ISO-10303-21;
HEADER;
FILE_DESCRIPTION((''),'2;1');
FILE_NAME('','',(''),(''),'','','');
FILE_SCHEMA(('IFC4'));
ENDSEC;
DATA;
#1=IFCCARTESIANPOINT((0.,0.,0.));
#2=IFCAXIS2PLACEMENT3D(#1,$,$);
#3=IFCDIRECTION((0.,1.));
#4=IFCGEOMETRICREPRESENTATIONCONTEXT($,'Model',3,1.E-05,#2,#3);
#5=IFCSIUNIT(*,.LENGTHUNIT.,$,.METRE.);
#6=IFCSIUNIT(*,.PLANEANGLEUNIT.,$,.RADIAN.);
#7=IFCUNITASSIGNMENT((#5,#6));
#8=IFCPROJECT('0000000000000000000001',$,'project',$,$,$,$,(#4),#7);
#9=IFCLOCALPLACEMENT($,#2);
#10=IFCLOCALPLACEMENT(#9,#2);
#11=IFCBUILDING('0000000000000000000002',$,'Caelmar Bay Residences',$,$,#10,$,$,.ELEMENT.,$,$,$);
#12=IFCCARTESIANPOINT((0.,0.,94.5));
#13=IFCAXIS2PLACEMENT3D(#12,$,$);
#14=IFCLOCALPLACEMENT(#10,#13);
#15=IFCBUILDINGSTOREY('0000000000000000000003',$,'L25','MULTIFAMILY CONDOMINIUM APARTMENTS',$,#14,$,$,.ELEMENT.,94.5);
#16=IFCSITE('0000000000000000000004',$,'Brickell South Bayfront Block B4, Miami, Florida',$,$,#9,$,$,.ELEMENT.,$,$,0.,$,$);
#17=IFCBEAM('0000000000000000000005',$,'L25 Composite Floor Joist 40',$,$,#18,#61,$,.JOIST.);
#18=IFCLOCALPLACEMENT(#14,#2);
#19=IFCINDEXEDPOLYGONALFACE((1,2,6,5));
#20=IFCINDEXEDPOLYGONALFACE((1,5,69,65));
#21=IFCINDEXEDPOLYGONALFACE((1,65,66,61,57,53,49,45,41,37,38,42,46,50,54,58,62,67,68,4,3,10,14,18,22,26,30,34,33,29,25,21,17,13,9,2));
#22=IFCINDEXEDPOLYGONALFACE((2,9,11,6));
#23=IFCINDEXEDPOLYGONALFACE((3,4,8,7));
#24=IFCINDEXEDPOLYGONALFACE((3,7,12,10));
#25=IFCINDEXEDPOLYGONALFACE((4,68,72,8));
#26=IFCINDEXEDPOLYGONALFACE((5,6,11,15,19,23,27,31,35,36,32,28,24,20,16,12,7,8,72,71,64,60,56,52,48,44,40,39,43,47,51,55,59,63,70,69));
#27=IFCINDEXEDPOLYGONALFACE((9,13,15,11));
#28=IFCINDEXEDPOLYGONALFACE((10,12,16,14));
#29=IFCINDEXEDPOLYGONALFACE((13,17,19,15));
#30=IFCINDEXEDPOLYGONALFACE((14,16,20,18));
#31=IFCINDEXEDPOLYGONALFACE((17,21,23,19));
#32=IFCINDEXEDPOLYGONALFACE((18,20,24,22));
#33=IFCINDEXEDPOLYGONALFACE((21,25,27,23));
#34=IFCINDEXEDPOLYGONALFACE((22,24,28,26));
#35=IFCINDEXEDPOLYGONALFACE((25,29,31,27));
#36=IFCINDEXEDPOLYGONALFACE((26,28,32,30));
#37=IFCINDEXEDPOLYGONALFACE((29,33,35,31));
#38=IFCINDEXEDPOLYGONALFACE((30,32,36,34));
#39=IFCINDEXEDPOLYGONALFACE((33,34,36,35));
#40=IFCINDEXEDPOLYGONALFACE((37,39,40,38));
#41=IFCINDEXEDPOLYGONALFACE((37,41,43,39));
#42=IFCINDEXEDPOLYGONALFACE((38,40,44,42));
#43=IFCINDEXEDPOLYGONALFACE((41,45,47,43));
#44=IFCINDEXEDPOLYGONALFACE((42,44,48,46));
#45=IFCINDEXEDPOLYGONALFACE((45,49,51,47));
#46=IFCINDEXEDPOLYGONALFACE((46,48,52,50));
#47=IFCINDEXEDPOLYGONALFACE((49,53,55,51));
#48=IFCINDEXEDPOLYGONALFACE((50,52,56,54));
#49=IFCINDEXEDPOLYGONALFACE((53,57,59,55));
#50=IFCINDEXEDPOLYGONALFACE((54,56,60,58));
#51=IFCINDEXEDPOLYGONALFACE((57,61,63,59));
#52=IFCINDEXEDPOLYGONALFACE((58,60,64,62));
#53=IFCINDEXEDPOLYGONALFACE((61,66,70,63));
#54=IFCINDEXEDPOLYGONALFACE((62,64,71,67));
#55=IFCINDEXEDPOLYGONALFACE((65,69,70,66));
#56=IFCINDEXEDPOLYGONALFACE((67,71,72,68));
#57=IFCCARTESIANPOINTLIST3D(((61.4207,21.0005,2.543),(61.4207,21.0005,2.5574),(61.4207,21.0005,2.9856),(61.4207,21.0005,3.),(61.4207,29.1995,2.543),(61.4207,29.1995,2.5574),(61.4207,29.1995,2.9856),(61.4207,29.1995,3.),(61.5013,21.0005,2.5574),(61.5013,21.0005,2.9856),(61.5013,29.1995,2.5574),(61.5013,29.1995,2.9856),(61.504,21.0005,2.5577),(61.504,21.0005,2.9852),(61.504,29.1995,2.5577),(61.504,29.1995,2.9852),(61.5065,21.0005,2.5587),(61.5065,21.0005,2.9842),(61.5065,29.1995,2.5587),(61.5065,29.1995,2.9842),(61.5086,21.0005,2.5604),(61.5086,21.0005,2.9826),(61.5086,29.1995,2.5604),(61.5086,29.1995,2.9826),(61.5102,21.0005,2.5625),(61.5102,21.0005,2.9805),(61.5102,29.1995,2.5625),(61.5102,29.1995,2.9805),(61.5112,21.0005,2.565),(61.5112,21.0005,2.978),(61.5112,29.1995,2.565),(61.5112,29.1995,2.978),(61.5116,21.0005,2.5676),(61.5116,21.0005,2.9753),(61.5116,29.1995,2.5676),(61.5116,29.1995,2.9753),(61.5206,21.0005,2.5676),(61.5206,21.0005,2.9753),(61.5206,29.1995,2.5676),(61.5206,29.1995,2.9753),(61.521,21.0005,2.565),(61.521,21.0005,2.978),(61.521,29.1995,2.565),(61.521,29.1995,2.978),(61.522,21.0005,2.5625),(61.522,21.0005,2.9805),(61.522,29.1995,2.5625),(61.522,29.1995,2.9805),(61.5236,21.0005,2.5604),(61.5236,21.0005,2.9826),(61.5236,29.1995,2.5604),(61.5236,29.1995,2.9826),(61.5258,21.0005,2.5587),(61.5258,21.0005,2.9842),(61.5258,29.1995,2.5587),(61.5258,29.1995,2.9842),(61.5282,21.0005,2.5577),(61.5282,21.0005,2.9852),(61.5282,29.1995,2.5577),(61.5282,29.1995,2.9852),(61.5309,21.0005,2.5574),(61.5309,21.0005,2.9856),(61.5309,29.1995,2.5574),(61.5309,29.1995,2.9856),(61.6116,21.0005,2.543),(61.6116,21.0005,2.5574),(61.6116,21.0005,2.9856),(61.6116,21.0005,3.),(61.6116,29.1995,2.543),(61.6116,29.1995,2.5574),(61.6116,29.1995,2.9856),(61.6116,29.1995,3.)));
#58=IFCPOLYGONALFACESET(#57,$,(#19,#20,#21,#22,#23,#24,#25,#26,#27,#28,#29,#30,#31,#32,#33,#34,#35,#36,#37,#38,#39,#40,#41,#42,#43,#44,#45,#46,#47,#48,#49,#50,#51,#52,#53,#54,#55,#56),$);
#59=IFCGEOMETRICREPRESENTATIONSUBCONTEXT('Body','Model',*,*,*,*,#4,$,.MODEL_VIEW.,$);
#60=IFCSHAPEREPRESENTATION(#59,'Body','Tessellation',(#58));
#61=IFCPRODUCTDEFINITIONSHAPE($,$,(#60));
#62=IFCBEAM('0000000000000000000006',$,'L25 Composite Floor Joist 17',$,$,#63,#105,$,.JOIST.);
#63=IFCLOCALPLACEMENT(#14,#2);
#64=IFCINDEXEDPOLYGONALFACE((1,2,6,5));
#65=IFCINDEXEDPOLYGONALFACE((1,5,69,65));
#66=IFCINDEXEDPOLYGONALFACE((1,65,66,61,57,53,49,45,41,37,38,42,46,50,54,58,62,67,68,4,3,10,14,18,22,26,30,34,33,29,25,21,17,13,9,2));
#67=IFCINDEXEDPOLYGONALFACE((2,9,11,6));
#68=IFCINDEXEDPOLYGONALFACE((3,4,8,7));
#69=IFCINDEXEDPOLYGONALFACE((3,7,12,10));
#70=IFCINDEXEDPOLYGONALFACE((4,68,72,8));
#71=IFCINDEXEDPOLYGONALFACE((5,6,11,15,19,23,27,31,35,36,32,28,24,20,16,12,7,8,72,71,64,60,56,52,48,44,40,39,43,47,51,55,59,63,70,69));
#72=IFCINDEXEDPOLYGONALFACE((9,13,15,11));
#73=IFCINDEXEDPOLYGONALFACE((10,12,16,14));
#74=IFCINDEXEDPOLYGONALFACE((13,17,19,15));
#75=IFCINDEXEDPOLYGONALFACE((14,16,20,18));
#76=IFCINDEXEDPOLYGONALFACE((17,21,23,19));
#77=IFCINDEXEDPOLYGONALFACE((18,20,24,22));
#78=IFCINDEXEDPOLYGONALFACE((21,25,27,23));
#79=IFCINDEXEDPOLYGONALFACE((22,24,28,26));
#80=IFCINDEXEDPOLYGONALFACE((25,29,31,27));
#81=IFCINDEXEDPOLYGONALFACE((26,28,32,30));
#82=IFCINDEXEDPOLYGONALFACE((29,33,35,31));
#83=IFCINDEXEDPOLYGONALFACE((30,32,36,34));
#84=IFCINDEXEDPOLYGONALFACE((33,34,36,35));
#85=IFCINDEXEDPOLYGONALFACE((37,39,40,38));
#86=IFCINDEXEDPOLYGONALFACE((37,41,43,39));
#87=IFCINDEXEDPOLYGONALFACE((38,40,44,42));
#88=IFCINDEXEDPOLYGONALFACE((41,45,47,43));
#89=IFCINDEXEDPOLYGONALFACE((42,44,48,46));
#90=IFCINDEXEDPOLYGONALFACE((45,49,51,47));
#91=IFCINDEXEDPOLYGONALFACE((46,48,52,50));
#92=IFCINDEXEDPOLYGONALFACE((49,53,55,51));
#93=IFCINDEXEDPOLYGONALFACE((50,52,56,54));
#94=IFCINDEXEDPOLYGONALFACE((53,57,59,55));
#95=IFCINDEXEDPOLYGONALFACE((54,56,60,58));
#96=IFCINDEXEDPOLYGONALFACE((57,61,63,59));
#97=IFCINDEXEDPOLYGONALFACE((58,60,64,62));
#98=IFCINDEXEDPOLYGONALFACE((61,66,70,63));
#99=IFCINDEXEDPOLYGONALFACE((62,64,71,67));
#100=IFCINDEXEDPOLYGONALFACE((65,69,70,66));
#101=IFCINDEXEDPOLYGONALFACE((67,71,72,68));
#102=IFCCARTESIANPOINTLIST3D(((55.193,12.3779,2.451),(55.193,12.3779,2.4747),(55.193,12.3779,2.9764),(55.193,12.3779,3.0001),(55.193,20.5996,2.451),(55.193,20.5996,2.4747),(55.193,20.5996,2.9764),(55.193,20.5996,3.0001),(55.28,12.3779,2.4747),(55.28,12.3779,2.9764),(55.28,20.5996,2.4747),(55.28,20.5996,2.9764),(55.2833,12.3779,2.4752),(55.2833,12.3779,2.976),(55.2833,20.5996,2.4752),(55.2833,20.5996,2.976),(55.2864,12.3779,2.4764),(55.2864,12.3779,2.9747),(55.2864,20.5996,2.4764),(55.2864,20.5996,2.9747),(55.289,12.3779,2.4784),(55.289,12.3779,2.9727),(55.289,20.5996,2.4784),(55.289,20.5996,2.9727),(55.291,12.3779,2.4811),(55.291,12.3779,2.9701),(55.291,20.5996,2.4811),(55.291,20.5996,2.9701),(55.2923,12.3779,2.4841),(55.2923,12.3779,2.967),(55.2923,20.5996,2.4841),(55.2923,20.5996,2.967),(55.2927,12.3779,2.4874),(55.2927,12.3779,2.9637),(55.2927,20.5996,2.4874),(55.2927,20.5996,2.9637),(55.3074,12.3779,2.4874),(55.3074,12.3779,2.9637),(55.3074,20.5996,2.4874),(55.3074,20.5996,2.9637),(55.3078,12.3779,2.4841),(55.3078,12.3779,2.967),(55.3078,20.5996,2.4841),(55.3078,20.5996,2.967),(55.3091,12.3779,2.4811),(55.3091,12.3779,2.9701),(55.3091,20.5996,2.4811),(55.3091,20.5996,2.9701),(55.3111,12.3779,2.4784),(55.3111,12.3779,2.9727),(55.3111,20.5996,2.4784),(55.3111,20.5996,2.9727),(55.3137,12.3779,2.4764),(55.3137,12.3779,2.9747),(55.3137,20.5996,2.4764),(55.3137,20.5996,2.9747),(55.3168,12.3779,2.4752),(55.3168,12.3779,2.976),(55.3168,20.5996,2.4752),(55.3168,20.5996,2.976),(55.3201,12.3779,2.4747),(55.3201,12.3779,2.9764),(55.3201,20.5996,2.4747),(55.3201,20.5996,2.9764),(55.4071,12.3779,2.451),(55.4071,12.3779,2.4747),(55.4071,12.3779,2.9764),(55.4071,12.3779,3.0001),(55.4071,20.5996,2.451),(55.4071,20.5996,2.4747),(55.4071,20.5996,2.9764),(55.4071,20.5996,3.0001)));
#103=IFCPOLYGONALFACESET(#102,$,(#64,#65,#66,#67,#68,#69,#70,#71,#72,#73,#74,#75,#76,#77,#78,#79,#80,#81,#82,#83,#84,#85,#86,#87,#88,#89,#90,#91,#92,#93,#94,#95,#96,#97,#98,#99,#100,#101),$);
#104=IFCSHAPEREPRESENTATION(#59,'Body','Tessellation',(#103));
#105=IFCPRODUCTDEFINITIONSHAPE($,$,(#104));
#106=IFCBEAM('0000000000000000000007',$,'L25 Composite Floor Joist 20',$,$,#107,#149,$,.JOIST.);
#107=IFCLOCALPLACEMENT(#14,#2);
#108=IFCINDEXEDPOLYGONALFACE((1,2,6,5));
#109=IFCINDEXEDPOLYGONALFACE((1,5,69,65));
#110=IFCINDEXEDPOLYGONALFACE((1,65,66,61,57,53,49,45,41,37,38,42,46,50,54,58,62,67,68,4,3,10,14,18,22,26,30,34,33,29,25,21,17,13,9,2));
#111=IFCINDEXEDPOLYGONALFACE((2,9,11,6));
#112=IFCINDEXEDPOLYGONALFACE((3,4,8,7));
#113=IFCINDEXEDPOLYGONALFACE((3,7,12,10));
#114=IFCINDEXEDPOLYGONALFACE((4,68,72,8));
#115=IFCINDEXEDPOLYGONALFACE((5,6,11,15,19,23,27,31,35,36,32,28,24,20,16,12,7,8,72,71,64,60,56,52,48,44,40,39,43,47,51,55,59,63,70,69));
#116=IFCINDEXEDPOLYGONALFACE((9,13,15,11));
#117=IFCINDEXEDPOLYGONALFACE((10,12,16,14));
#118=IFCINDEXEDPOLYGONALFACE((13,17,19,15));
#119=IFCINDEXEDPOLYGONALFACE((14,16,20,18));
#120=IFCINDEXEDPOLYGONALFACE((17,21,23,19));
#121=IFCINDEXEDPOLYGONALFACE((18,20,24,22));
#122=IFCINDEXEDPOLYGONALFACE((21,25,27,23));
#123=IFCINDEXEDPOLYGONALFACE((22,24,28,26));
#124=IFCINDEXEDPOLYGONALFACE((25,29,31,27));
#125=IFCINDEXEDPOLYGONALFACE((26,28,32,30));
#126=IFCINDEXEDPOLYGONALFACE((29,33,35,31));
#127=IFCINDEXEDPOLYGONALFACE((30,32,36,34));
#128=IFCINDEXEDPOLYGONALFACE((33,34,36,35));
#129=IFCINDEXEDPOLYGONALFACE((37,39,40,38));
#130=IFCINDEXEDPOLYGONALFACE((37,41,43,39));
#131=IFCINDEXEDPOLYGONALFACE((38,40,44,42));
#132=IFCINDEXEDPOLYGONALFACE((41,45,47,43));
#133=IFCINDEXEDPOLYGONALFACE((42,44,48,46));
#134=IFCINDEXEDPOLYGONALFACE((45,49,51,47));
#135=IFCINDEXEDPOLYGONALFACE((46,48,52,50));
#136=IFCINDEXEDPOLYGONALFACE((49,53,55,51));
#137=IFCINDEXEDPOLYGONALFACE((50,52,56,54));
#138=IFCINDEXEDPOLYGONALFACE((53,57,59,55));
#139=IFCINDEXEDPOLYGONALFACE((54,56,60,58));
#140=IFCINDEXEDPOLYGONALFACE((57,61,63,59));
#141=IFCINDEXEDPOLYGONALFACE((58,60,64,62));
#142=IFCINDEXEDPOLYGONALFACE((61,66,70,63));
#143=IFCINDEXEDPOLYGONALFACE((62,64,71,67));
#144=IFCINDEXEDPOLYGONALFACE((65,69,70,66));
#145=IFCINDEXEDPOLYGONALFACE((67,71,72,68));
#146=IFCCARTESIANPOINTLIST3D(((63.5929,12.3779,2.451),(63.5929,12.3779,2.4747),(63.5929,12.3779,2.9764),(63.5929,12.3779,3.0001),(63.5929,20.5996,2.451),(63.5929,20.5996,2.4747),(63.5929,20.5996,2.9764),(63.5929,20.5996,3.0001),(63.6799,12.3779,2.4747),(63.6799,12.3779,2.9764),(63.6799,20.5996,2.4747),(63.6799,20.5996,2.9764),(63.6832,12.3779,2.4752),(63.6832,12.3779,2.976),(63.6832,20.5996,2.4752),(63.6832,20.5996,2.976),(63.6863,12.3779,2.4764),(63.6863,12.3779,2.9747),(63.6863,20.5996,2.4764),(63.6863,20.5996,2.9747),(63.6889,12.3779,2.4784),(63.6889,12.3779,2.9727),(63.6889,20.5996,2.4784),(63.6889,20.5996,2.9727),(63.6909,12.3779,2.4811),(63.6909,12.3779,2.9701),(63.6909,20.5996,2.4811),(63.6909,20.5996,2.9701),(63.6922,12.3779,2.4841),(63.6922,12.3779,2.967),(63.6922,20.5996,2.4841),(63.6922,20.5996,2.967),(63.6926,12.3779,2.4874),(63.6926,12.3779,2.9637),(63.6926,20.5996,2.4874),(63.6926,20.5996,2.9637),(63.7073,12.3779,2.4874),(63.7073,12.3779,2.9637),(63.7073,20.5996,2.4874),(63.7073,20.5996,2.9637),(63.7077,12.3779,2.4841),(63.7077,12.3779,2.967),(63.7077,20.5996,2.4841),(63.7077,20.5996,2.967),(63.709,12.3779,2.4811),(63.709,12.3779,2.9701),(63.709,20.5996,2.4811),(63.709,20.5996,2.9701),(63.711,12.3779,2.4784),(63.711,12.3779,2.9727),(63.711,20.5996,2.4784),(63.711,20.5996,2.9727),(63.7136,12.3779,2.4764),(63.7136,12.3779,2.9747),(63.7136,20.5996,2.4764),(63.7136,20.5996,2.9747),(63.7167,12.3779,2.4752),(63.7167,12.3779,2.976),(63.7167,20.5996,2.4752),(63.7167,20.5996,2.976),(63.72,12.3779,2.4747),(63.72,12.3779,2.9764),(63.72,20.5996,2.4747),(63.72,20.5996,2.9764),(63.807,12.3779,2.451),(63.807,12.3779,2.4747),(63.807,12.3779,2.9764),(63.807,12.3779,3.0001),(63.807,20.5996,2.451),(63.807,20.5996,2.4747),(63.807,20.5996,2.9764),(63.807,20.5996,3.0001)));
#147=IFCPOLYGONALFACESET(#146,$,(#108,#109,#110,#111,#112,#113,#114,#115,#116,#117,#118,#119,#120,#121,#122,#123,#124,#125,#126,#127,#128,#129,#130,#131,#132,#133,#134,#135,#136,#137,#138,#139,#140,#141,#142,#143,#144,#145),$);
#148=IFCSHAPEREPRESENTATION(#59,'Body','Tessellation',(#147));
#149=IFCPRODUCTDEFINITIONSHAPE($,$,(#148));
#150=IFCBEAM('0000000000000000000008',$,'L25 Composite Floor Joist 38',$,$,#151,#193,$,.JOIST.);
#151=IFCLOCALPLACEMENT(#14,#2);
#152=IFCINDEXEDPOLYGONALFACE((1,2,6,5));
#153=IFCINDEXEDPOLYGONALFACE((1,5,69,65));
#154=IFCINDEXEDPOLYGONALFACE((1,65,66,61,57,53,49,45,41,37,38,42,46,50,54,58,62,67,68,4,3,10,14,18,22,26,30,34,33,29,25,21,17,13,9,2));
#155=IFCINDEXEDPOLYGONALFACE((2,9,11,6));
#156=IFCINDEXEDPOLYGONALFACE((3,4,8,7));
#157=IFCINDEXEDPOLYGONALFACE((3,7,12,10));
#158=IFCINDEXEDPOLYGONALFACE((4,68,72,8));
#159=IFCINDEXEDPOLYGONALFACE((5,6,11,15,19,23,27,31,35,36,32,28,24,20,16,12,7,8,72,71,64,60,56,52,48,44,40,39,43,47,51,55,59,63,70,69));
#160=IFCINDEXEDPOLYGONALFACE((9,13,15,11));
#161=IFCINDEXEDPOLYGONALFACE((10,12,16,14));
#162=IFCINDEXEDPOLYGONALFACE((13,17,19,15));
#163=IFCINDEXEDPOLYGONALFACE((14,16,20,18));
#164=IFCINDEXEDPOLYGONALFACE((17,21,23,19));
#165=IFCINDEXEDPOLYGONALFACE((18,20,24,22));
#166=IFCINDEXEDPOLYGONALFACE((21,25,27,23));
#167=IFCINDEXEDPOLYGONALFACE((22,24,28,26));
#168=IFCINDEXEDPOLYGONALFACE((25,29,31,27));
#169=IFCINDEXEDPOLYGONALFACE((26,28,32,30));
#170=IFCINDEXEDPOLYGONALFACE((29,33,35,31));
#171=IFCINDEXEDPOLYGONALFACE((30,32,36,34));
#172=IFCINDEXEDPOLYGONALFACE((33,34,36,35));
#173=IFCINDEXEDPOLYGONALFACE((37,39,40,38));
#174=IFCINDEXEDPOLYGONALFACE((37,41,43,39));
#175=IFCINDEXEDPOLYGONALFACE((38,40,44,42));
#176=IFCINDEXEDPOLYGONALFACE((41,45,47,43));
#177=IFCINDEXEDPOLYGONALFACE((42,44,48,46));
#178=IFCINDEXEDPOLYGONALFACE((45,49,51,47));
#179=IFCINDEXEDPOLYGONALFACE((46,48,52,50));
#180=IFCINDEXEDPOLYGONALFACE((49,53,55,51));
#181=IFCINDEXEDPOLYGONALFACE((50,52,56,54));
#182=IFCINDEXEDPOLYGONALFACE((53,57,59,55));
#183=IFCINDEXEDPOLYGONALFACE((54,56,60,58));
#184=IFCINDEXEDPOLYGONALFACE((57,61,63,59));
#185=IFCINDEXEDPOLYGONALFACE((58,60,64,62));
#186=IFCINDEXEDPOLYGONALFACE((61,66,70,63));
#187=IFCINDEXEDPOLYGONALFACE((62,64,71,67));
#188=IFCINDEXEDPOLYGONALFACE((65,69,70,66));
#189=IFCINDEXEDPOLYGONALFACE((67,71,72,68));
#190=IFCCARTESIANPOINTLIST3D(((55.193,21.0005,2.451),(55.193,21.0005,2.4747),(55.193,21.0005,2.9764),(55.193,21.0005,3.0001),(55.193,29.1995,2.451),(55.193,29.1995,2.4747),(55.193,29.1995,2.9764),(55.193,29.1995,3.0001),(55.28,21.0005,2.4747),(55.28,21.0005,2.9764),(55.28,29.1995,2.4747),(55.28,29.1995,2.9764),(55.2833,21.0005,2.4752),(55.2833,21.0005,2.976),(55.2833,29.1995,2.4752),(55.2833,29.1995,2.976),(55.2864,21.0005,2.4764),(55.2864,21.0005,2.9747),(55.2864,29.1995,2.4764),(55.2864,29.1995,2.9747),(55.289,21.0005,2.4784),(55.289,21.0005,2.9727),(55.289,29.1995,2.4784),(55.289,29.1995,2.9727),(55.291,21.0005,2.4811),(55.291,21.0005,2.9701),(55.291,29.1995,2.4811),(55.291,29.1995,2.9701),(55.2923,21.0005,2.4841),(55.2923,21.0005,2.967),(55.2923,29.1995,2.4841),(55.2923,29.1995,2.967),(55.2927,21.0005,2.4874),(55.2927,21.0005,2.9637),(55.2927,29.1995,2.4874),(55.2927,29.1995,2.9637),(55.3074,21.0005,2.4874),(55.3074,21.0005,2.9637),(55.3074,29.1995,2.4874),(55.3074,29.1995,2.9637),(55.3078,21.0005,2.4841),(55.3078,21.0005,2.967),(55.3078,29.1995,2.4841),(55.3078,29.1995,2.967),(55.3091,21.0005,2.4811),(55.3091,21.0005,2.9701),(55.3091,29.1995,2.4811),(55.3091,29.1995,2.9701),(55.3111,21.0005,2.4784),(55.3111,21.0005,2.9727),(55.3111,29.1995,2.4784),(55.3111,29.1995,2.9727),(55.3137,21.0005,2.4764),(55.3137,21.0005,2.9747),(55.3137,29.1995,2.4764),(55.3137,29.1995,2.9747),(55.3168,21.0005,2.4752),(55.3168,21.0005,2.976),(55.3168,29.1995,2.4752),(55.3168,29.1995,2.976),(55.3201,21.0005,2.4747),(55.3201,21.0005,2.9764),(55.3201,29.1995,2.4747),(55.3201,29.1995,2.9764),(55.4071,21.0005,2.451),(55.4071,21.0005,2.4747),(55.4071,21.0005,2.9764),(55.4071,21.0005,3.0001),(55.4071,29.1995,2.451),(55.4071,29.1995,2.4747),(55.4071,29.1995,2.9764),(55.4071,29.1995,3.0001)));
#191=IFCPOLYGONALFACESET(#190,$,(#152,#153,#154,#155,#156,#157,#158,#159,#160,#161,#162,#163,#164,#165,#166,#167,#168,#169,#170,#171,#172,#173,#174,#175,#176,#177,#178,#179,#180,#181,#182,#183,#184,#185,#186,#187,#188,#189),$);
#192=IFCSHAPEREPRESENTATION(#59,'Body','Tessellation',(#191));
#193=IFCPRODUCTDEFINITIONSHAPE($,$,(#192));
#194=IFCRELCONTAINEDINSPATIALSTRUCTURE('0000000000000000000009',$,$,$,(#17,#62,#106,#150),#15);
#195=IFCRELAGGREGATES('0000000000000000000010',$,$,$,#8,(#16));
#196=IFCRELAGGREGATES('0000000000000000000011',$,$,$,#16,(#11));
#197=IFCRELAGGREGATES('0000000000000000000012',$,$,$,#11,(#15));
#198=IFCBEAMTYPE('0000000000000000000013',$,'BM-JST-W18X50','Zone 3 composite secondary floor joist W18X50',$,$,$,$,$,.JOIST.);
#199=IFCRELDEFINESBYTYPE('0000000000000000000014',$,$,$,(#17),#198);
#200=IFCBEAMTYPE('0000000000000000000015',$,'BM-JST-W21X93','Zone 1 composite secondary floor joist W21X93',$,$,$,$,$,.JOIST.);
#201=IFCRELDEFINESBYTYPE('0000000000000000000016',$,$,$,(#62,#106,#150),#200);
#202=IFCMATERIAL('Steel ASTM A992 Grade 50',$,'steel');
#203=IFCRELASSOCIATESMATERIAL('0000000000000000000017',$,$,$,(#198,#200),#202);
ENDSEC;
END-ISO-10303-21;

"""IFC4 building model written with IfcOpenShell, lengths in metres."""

from ifc_helpers import new_model, si_unit, direction, frame, origin, origin_2d, place, context, subcontext, project, spatial, i_section, extrude, material, material_profile, profile_set, type_object, element, save


model = new_model("IFC4")

# Units and contexts
model_context = context("Model", 3, precision=1e-05, world=origin(), true_north=direction((0.0, 1.0)))
body_context = subcontext(model_context, "Body", "Model", "MODEL_VIEW")
ifc_project = project(units=[si_unit("LENGTHUNIT", "METRE"), si_unit("PLANEANGLEUNIT", "RADIAN")], contexts=[model_context])

# Site, building, storey
site_placement = place(None, origin())
site = spatial("IfcSite", under=ifc_project, at=site_placement, Name="Brickell South Bayfront Block B4, Miami, Florida", CompositionType="ELEMENT", RefElevation=0.0)
building_placement = place(site_placement, origin())
building = spatial("IfcBuilding", under=site, at=building_placement, Name="Caelmar Bay Residences", CompositionType="ELEMENT")
storey_placement = place(building_placement, frame((0.0, 0.0, 94.5)))
storey = spatial("IfcBuildingStorey", under=building, at=storey_placement, Name="L25", Description="MULTIFAMILY CONDOMINIUM APARTMENTS", CompositionType="ELEMENT", Elevation=94.5)

# Beams
ifc_material_1 = material(Name="Steel ASTM A992 Grade 50", Category="steel")
ifc_material_profile_1 = material_profile(ifc_material_1, i_section(OverallWidth=0.1909, OverallDepth=0.457, WebThickness=0.009, FlangeThickness=0.0144, FilletRadius=0.0103, at=origin_2d()), Name="W18X50")
ifc_profile_set_1 = profile_set([ifc_material_profile_1], Name="Steel ASTM A992 Grade 50")
beam_type_1 = type_object("IfcBeamType", Name="BM-JST-W18X50", Description="Zone 3 composite secondary floor joist W18X50", PredefinedType="JOIST", material=ifc_profile_set_1)
for number, where, z_axis, x_axis, name in (
    (1, (61.5161, 21.0005, 2.7715), (0.0, 1.0, 0.0), (-1.0, 0.0, 0.0), "L25 Composite Floor Joist 40"),
):
    element("IfcBeam", number, at=place(storey_placement, frame(where, z_axis=z_axis, x_axis=x_axis)), inside=storey, type_object=beam_type_1, Name=name, PredefinedType="JOIST", context=body_context, shape_type="SweptSolid", body=[
        extrude(i_section(OverallWidth=0.1909, OverallDepth=0.457, WebThickness=0.009, FlangeThickness=0.0144, FilletRadius=0.0103, at=origin_2d()), origin(), (0.0, 0.0, 1.0), 8.199),
    ])
ifc_material_profile_2 = material_profile(ifc_material_1, i_section(OverallWidth=0.2141, OverallDepth=0.5491, WebThickness=0.0146, FlangeThickness=0.0237, FilletRadius=0.0127, at=origin_2d()), Name="W21X93")
ifc_profile_set_2 = profile_set([ifc_material_profile_2], Name="Steel ASTM A992 Grade 50")
beam_type_2 = type_object("IfcBeamType", Name="BM-JST-W21X93", Description="Zone 1 composite secondary floor joist W21X93", PredefinedType="JOIST", material=ifc_profile_set_2)
for number, where, z_axis, x_axis, name in (
    (2, (55.3, 12.3779, 2.7256), (0.0, 1.0, 0.0), (-1.0, 0.0, 0.0), "L25 Composite Floor Joist 17"),
    (3, (63.7, 12.3779, 2.7256), (0.0, 1.0, 0.0), (-1.0, 0.0, 0.0), "L25 Composite Floor Joist 20"),
):
    element("IfcBeam", number, at=place(storey_placement, frame(where, z_axis=z_axis, x_axis=x_axis)), inside=storey, type_object=beam_type_2, Name=name, PredefinedType="JOIST", context=body_context, shape_type="SweptSolid", body=[
        extrude(i_section(OverallWidth=0.2141, OverallDepth=0.5491, WebThickness=0.0146, FlangeThickness=0.0237, FilletRadius=0.0127, at=origin_2d()), origin(), (0.0, 0.0, 1.0), 8.2217),
    ])
for number, where, z_axis, x_axis, name in (
    (4, (55.3, 21.0005, 2.7256), (0.0, 1.0, 0.0), (-1.0, 0.0, 0.0), "L25 Composite Floor Joist 38"),
):
    element("IfcBeam", number, at=place(storey_placement, frame(where, z_axis=z_axis, x_axis=x_axis)), inside=storey, type_object=beam_type_2, Name=name, PredefinedType="JOIST", context=body_context, shape_type="SweptSolid", body=[
        extrude(i_section(OverallWidth=0.2141, OverallDepth=0.5491, WebThickness=0.0146, FlangeThickness=0.0237, FilletRadius=0.0127, at=origin_2d()), origin(), (0.0, 0.0, 1.0), 8.199),
    ])

save(model, "model.ifc")
